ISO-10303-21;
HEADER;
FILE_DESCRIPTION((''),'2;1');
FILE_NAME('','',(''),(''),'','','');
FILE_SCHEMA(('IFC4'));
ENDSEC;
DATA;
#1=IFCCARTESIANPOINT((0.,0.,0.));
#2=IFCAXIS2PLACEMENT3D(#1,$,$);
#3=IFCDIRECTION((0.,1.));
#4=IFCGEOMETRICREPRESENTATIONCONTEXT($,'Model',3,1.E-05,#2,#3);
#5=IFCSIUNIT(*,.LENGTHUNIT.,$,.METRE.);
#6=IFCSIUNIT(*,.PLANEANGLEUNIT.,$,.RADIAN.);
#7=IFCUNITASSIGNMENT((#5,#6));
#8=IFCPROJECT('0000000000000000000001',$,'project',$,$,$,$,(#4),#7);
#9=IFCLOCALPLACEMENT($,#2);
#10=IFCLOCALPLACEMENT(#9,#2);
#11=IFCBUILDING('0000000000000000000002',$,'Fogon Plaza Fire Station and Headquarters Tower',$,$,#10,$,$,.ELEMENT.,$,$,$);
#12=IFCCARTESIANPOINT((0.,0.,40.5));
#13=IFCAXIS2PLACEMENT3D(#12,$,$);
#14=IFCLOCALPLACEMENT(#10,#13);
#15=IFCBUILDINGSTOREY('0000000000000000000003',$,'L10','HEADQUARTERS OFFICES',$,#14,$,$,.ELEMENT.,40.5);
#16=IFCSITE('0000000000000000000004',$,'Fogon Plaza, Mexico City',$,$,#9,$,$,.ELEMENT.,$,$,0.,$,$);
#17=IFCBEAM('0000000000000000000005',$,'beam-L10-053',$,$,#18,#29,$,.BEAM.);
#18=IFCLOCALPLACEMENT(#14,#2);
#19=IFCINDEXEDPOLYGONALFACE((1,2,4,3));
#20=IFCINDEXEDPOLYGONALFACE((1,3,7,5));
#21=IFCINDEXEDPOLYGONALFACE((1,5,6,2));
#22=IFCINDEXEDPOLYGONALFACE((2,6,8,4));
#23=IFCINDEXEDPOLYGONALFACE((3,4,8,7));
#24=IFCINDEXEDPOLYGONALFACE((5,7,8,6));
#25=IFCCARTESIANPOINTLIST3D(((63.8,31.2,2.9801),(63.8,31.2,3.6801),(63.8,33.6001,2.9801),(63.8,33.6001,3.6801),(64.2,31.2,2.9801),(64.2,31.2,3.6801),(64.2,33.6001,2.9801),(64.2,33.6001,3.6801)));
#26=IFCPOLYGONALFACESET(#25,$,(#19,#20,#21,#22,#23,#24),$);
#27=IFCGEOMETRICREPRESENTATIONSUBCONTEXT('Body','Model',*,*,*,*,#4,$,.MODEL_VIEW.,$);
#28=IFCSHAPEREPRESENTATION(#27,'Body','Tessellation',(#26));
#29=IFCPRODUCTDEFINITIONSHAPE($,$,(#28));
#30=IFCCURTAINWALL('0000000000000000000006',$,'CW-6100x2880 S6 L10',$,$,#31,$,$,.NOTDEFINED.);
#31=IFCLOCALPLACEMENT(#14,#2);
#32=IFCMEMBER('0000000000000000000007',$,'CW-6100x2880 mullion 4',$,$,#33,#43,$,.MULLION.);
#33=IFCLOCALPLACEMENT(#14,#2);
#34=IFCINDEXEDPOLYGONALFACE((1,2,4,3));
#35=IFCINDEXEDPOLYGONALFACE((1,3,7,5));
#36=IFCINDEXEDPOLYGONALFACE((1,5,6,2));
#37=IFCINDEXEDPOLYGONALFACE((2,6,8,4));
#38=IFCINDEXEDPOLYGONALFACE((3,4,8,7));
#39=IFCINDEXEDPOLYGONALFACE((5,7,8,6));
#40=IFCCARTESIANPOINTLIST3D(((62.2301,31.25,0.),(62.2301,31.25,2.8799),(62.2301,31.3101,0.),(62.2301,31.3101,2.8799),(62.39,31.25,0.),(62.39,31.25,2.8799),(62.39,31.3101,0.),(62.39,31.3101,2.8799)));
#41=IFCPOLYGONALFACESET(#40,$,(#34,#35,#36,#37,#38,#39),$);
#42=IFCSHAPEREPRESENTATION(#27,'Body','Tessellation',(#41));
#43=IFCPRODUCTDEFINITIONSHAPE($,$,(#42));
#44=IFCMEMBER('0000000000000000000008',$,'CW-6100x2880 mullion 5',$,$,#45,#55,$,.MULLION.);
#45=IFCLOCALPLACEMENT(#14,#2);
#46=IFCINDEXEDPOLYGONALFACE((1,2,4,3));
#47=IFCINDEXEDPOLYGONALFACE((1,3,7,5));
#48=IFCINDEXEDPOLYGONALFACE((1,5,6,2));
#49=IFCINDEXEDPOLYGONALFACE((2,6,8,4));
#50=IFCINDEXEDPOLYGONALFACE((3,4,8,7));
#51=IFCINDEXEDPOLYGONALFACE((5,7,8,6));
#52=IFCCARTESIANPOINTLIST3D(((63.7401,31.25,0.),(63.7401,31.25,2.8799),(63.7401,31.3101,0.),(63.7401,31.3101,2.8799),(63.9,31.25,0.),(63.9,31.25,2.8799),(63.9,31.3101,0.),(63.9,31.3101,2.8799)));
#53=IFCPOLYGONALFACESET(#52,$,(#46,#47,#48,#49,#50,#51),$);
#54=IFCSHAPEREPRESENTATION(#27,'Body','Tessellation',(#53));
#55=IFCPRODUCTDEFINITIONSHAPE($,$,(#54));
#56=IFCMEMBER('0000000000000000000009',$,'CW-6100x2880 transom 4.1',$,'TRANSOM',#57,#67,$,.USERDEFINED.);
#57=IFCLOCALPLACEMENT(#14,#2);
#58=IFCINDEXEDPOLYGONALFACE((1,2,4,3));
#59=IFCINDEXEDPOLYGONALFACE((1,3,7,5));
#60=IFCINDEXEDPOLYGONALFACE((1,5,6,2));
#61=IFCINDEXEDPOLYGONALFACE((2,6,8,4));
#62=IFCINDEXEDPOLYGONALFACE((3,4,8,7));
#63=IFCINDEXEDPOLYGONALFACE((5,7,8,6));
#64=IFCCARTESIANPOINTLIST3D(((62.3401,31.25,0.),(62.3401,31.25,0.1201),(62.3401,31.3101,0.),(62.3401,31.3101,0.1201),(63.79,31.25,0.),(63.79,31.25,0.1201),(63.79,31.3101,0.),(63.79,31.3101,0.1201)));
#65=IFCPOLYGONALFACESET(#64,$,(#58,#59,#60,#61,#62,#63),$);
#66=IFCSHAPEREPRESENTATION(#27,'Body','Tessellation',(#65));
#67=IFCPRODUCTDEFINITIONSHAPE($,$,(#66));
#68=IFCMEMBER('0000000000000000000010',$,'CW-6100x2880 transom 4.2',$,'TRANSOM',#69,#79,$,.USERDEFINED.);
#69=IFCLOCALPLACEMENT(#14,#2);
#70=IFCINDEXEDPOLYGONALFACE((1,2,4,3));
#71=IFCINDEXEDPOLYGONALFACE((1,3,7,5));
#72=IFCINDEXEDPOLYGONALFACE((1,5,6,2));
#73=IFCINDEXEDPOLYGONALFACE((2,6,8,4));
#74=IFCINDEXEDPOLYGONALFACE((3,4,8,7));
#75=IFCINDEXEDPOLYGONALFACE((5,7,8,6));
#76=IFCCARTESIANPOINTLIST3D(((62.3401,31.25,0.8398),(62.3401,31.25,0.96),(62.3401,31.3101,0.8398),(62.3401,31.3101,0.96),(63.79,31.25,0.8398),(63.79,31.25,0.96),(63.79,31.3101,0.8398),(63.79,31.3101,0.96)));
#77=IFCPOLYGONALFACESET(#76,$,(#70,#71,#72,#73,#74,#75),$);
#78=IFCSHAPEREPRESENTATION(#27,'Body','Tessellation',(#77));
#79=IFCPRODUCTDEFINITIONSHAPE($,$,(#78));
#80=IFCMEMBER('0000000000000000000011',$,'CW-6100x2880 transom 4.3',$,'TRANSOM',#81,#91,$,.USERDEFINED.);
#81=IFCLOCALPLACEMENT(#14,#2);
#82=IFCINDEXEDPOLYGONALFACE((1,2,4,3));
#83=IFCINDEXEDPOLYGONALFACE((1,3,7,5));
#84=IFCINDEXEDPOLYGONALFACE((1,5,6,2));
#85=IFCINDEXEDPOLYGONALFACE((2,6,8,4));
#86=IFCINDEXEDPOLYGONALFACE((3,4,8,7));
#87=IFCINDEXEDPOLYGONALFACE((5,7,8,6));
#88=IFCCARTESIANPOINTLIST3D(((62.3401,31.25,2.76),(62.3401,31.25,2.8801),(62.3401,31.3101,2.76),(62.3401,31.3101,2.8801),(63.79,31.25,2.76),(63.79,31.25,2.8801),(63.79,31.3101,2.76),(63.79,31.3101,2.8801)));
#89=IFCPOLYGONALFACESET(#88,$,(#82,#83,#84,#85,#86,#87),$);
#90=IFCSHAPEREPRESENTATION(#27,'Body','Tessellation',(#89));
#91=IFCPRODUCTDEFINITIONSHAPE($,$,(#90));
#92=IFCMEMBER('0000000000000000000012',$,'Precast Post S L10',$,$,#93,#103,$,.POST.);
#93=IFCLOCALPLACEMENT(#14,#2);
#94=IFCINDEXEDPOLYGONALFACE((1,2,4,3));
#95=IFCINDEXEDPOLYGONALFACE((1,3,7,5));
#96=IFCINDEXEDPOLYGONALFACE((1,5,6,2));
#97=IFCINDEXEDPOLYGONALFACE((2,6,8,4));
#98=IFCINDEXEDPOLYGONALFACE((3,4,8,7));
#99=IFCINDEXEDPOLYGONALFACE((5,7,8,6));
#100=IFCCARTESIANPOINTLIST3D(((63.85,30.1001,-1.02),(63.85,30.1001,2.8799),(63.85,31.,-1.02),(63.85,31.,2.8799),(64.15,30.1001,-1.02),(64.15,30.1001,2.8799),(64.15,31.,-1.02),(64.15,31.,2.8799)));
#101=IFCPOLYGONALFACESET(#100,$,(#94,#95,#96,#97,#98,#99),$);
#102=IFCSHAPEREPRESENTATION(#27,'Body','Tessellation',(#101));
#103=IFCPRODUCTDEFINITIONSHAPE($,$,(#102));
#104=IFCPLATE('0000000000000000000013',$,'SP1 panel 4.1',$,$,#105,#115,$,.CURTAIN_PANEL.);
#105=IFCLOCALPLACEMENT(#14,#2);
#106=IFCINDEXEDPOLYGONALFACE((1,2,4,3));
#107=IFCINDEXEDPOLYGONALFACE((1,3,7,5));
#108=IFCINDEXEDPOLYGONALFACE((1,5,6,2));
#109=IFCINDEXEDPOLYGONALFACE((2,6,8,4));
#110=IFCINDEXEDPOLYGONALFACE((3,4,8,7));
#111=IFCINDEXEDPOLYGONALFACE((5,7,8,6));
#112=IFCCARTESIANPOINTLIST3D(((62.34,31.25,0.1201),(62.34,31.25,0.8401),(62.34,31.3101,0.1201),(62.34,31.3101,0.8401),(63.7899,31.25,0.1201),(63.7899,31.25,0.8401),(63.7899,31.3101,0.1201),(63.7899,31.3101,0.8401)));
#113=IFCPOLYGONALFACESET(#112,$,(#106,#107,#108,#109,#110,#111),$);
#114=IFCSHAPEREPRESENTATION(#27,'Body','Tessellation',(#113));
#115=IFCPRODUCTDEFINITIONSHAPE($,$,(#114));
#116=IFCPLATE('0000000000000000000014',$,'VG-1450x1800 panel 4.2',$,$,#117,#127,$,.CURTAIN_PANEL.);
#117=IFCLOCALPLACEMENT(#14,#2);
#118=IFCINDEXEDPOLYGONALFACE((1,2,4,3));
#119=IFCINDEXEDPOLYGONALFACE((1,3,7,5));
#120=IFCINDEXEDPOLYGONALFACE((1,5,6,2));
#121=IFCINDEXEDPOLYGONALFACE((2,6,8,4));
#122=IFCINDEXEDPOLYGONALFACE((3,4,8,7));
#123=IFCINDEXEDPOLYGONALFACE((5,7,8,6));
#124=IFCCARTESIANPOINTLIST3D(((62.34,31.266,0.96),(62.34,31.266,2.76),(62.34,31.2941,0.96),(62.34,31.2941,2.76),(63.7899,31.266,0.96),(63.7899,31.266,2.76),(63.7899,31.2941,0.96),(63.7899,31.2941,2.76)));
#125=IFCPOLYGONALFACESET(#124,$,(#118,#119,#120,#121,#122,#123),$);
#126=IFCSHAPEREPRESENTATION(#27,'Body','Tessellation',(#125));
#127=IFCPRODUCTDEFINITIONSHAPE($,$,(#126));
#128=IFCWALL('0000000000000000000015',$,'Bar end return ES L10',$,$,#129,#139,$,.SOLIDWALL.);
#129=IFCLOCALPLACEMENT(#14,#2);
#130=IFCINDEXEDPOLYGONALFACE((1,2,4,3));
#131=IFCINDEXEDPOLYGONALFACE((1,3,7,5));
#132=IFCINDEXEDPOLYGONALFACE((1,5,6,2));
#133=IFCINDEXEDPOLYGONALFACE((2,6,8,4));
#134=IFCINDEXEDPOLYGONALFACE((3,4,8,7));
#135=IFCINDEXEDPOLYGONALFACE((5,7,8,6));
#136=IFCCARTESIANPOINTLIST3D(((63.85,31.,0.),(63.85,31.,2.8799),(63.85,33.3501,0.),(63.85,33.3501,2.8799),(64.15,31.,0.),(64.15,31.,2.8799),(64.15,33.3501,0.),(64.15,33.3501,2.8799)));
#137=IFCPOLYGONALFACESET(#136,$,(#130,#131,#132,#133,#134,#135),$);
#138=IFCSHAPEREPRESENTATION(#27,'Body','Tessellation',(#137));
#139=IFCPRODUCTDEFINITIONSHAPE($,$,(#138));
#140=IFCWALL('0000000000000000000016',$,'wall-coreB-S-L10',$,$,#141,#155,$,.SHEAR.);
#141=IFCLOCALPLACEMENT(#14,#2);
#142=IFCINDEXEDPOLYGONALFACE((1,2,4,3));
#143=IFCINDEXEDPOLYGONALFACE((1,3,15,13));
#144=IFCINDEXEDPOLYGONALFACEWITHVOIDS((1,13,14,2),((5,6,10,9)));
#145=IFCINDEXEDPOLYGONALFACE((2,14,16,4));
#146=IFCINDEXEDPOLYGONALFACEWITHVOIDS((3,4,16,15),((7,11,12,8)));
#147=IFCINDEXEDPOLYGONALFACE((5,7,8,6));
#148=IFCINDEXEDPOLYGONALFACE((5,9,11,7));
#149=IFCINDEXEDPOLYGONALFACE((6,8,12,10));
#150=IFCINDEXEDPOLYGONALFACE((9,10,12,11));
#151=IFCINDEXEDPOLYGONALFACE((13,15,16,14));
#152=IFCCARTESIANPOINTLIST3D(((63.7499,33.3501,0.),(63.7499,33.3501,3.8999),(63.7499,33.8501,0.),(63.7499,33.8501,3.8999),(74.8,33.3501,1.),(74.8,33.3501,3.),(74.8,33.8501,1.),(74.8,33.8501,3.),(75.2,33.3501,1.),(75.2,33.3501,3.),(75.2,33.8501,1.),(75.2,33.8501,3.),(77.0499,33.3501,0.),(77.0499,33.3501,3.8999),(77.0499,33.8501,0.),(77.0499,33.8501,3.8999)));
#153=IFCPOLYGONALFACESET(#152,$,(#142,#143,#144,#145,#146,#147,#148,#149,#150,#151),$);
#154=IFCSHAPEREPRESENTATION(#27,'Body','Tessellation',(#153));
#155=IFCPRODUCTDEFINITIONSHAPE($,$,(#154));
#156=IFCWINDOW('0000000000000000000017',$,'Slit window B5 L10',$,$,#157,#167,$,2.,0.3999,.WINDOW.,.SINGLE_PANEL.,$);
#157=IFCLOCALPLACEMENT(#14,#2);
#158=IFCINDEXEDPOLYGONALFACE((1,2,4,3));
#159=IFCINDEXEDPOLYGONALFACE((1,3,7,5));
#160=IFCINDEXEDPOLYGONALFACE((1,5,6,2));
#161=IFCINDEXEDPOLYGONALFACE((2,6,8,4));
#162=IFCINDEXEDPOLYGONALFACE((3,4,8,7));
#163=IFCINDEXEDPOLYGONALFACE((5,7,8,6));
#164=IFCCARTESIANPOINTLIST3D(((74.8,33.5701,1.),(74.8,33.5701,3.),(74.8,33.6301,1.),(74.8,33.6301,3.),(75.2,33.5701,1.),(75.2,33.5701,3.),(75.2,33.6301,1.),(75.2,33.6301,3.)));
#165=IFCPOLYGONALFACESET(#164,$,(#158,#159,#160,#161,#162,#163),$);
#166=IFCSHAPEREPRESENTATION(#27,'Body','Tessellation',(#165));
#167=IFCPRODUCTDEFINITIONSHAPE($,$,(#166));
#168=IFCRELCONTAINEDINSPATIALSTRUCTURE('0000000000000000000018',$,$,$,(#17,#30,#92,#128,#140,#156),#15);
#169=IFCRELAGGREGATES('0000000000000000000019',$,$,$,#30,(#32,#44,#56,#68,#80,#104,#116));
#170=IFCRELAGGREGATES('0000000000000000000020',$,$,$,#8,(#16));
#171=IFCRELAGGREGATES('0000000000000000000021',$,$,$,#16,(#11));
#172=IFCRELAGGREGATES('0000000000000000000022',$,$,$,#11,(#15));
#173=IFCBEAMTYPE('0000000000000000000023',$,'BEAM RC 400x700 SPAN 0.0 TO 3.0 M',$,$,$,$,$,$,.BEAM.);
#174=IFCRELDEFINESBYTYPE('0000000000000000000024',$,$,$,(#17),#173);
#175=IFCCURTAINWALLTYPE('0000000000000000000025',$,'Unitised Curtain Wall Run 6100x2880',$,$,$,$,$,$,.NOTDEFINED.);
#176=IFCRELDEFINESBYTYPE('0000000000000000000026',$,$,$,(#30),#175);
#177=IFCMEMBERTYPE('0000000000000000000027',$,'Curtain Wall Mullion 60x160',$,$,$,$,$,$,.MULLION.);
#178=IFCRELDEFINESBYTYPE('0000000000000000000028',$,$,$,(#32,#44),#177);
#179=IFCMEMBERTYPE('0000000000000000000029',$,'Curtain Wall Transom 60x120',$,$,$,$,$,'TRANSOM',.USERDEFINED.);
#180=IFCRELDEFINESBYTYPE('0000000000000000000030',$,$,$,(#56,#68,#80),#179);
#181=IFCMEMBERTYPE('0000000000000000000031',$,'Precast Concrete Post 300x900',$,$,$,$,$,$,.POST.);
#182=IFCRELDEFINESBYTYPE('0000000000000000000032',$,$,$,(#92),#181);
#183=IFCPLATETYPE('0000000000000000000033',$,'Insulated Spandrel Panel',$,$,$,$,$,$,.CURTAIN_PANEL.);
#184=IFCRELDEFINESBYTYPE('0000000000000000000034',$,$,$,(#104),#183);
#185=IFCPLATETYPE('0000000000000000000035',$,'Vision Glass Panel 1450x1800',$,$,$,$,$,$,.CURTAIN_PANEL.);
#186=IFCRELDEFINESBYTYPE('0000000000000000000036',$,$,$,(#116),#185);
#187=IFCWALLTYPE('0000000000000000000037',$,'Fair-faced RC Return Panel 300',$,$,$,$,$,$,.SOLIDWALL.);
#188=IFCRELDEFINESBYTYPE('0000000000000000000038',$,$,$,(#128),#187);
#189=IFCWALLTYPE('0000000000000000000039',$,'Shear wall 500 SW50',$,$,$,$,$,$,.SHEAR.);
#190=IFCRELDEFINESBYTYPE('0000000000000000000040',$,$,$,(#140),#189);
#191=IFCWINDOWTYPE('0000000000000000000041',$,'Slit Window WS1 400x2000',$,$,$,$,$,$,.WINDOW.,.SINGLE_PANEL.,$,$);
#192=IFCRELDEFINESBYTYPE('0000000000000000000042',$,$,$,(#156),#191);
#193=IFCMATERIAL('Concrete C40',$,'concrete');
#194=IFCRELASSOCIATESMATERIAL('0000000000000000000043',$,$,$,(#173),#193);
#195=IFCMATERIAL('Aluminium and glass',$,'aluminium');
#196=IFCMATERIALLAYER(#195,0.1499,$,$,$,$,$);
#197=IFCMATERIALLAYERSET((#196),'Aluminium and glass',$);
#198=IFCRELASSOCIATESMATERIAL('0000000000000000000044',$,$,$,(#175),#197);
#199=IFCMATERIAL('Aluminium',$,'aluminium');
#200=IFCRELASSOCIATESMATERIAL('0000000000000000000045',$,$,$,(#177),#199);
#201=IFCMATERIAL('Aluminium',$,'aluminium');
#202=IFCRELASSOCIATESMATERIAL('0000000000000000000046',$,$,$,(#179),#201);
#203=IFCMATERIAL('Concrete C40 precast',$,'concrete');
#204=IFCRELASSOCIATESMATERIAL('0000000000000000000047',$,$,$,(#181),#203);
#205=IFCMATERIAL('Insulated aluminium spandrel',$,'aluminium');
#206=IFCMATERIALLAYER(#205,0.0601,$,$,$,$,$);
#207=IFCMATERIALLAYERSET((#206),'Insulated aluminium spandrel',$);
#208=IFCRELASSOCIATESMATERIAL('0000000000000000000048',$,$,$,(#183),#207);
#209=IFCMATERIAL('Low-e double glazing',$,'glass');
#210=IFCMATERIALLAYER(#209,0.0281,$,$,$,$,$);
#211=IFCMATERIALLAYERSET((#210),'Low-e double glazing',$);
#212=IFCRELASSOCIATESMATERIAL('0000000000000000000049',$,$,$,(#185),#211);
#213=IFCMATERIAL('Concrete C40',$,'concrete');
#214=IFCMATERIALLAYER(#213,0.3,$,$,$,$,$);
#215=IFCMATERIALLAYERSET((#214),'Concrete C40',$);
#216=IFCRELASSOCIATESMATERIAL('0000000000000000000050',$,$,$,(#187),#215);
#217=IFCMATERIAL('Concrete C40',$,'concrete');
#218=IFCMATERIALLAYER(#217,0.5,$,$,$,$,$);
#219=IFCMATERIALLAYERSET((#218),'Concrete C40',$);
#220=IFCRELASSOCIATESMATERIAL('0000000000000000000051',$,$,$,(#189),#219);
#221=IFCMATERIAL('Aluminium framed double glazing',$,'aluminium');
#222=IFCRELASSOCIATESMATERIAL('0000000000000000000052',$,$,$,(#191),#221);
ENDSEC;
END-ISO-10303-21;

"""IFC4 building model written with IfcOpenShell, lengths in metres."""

from ifc_helpers import new_model, si_unit, direction, frame, frame_2d, origin, origin_2d, place, context, subcontext, project, spatial, rectangle, extrude, material, layer, layer_set, material_profile, profile_set, type_object, element, fill, aggregate, save


model = new_model("IFC4")

# Units and contexts
model_context = context("Model", 3, precision=1e-05, world=origin(), true_north=direction((0.0, 1.0)))
body_context = subcontext(model_context, "Body", "Model", "MODEL_VIEW")
ifc_project = project(units=[si_unit("LENGTHUNIT", "METRE"), si_unit("PLANEANGLEUNIT", "RADIAN")], contexts=[model_context])

# Site, building, storey
site_placement = place(None, origin())
site = spatial("IfcSite", under=ifc_project, at=site_placement, Name="Fogon Plaza, Mexico City", CompositionType="ELEMENT", RefElevation=0.0)
building_placement = place(site_placement, origin())
building = spatial("IfcBuilding", under=site, at=building_placement, Name="Fogon Plaza Fire Station and Headquarters Tower", CompositionType="ELEMENT")
storey_placement = place(building_placement, frame((0.0, 0.0, 40.5)))
storey = spatial("IfcBuildingStorey", under=building, at=storey_placement, Name="L10", Description="HEADQUARTERS OFFICES", CompositionType="ELEMENT", Elevation=40.5)

# Beam
ifc_material_1 = material(Name="Concrete C40", Category="concrete")
ifc_material_profile_1 = material_profile(ifc_material_1, rectangle(XDim=0.3999, YDim=0.7, at=origin_2d()), Name="RC 400x700")
ifc_profile_set_1 = profile_set([ifc_material_profile_1], Name="Concrete C40")
beam_type = type_object("IfcBeamType", Name="BEAM RC 400x700 SPAN 0.0 TO 3.0 M", PredefinedType="BEAM", material=ifc_profile_set_1)
beam_placement = place(storey_placement, frame((64.0, 31.2, 3.3301), z_axis=(0.0, 1.0, 0.0), x_axis=(-1.0, 0.0, 0.0)))
element("IfcBeam", 1, at=beam_placement, inside=storey, type_object=beam_type, Name="beam-L10-053", PredefinedType="BEAM", context=body_context, shape_type="SweptSolid", body=[
    extrude(rectangle(XDim=0.3999, YDim=0.7, at=origin_2d()), origin(), (0.0, 0.0, 1.0), 2.4001),
])

# Curtain wall, members
ifc_material_2 = material(Name="Aluminium and glass", Category="aluminium")
ifc_layer_1 = layer(ifc_material_2, 0.1499)
ifc_layer_set_1 = layer_set([ifc_layer_1], Name="Aluminium and glass")
curtain_wall_type = type_object("IfcCurtainWallType", Name="Unitised Curtain Wall Run 6100x2880", PredefinedType="NOTDEFINED", material=ifc_layer_set_1)
curtain_wall_placement = place(storey_placement, origin())
curtain_wall = element("IfcCurtainWall", 2, at=curtain_wall_placement, inside=storey, type_object=curtain_wall_type, Name="CW-6100x2880 S6 L10", PredefinedType="NOTDEFINED")
ifc_material_3 = material(Name="Aluminium", Category="aluminium")
ifc_material_profile_2 = material_profile(ifc_material_3, rectangle(XDim=0.0601, YDim=0.1599, at=origin_2d()), Name="Curtain Wall Mullion 60x160")
ifc_profile_set_2 = profile_set([ifc_material_profile_2], Name="Aluminium")
member_type_1 = type_object("IfcMemberType", Name="Curtain Wall Mullion 60x160", PredefinedType="MULLION", material=ifc_profile_set_2)
member_1_placement = place(storey_placement, frame((62.3101, 31.28, 0.0), z_axis=(0.0, 0.0, 1.0), x_axis=(0.0, 1.0, 0.0)))
member_1 = element("IfcMember", 3, at=member_1_placement, type_object=member_type_1, Name="CW-6100x2880 mullion 4", PredefinedType="MULLION", context=body_context, shape_type="SweptSolid", body=[
    extrude(rectangle(XDim=0.0601, YDim=0.1599, at=origin_2d()), origin(), (0.0, 0.0, 1.0), 2.8799),
])
member_2_placement = place(storey_placement, frame((63.8201, 31.28, 0.0), z_axis=(0.0, 0.0, 1.0), x_axis=(0.0, 1.0, 0.0)))
member_2 = element("IfcMember", 4, at=member_2_placement, type_object=member_type_1, Name="CW-6100x2880 mullion 5", PredefinedType="MULLION", context=body_context, shape_type="SweptSolid", body=[
    extrude(rectangle(XDim=0.0601, YDim=0.1599, at=origin_2d()), origin(), (0.0, 0.0, 1.0), 2.8799),
])
ifc_material_4 = material(Name="Aluminium", Category="aluminium")
ifc_material_profile_3 = material_profile(ifc_material_4, rectangle(XDim=0.0601, YDim=0.1201, at=origin_2d()), Name="Curtain Wall Transom 60x120")
ifc_profile_set_3 = profile_set([ifc_material_profile_3], Name="Aluminium")
member_type_2 = type_object("IfcMemberType", Name="Curtain Wall Transom 60x120", ElementType="TRANSOM", PredefinedType="USERDEFINED", material=ifc_profile_set_3)
member_3_placement = place(storey_placement, frame((62.3401, 31.28, 0.0601), z_axis=(1.0, 0.0, 0.0), x_axis=(0.0, 1.0, 0.0)))
member_3 = element("IfcMember", 5, at=member_3_placement, type_object=member_type_2, Name="CW-6100x2880 transom 4.1", ObjectType="TRANSOM", PredefinedType="USERDEFINED", context=body_context, shape_type="SweptSolid", body=[
    extrude(rectangle(XDim=0.0601, YDim=0.1201, at=origin_2d()), origin(), (0.0, 0.0, 1.0), 1.45),
])
member_4_placement = place(storey_placement, frame((62.3401, 31.28, 0.8999), z_axis=(1.0, 0.0, 0.0), x_axis=(0.0, 1.0, 0.0)))
member_4 = element("IfcMember", 6, at=member_4_placement, type_object=member_type_2, Name="CW-6100x2880 transom 4.2", ObjectType="TRANSOM", PredefinedType="USERDEFINED", context=body_context, shape_type="SweptSolid", body=[
    extrude(rectangle(XDim=0.0601, YDim=0.1201, at=origin_2d()), origin(), (0.0, 0.0, 1.0), 1.45),
])
member_5_placement = place(storey_placement, frame((62.3401, 31.28, 2.8201), z_axis=(1.0, 0.0, 0.0), x_axis=(0.0, 1.0, 0.0)))
member_5 = element("IfcMember", 7, at=member_5_placement, type_object=member_type_2, Name="CW-6100x2880 transom 4.3", ObjectType="TRANSOM", PredefinedType="USERDEFINED", context=body_context, shape_type="SweptSolid", body=[
    extrude(rectangle(XDim=0.0601, YDim=0.1201, at=origin_2d()), origin(), (0.0, 0.0, 1.0), 1.45),
])

# Member
ifc_material_5 = material(Name="Concrete C40 precast", Category="concrete")
ifc_material_profile_4 = material_profile(ifc_material_5, rectangle(XDim=0.3, YDim=0.8999, at=origin_2d()), Name="Precast Concrete Post 300x900")
ifc_profile_set_4 = profile_set([ifc_material_profile_4], Name="Concrete C40 precast")
member_type_3 = type_object("IfcMemberType", Name="Precast Concrete Post 300x900", PredefinedType="POST", material=ifc_profile_set_4)
member_6_placement = place(storey_placement, frame((64.0, 30.55, -1.02), z_axis=(0.0, 0.0, 1.0), x_axis=(1.0, 0.0, 0.0)))
element("IfcMember", 8, at=member_6_placement, inside=storey, type_object=member_type_3, Name="Precast Post S L10", PredefinedType="POST", context=body_context, shape_type="SweptSolid", body=[
    extrude(rectangle(XDim=0.3, YDim=0.8999, at=origin_2d()), origin(), (0.0, 0.0, 1.0), 3.8999),
])

# Plates
ifc_material_6 = material(Name="Insulated aluminium spandrel", Category="aluminium")
ifc_layer_2 = layer(ifc_material_6, 0.0601)
ifc_layer_set_2 = layer_set([ifc_layer_2], Name="Insulated aluminium spandrel")
plate_type_1 = type_object("IfcPlateType", Name="Insulated Spandrel Panel", PredefinedType="CURTAIN_PANEL", material=ifc_layer_set_2)
plate_1_placement = place(storey_placement, frame((63.0649, 31.28, 0.1201), z_axis=(0.0, 0.0, 1.0), x_axis=(1.0, 0.0, 0.0)))
plate_1 = element("IfcPlate", 9, at=plate_1_placement, type_object=plate_type_1, Name="SP1 panel 4.1", PredefinedType="CURTAIN_PANEL", context=body_context, shape_type="SweptSolid", body=[
    extrude(rectangle(XDim=1.45, YDim=0.0601, at=origin_2d()), origin(), (0.0, 0.0, 1.0), 0.72),
])
ifc_material_7 = material(Name="Low-e double glazing", Category="glass")
ifc_layer_3 = layer(ifc_material_7, 0.0281)
ifc_layer_set_3 = layer_set([ifc_layer_3], Name="Low-e double glazing")
plate_type_2 = type_object("IfcPlateType", Name="Vision Glass Panel 1450x1800", PredefinedType="CURTAIN_PANEL", material=ifc_layer_set_3)
plate_2_placement = place(storey_placement, frame((63.0649, 31.28, 0.96), z_axis=(0.0, 0.0, 1.0), x_axis=(1.0, 0.0, 0.0)))
plate_2 = element("IfcPlate", 10, at=plate_2_placement, type_object=plate_type_2, Name="VG-1450x1800 panel 4.2", PredefinedType="CURTAIN_PANEL", context=body_context, shape_type="SweptSolid", body=[
    extrude(rectangle(XDim=1.45, YDim=0.0281, at=origin_2d()), origin(), (0.0, 0.0, 1.0), 1.8),
])
aggregate(curtain_wall, [member_1, member_2, member_3, member_4, member_5, plate_1, plate_2])

# Wall
ifc_material_8 = material(Name="Concrete C40", Category="concrete")
ifc_layer_4 = layer(ifc_material_8, 0.3)
ifc_layer_set_4 = layer_set([ifc_layer_4], Name="Concrete C40")
wall_type_1 = type_object("IfcWallType", Name="Fair-faced RC Return Panel 300", PredefinedType="SOLIDWALL", material=ifc_layer_set_4)
wall_1_placement = place(storey_placement, frame((64.0, 31.0, 0.0), z_axis=(0.0, 0.0, 1.0), x_axis=(0.0, 1.0, 0.0)))
element("IfcWall", 11, at=wall_1_placement, inside=storey, type_object=wall_type_1, Name="Bar end return ES L10", PredefinedType="SOLIDWALL", context=body_context, shape_type="SweptSolid", body=[
    extrude(rectangle(XDim=2.3501, YDim=0.3, at=frame_2d((1.175, 0.0))), origin(), (0.0, 0.0, 1.0), 2.8799),
])

# Wall, opening, window
ifc_material_9 = material(Name="Concrete C40", Category="concrete")
ifc_layer_5 = layer(ifc_material_9, 0.5)
ifc_layer_set_5 = layer_set([ifc_layer_5], Name="Concrete C40")
wall_type_2 = type_object("IfcWallType", Name="Shear wall 500 SW50", PredefinedType="SHEAR", material=ifc_layer_set_5)
wall_2_placement = place(storey_placement, frame((63.75, 33.6001, 0.0), z_axis=(0.0, 0.0, 1.0), x_axis=(1.0, 0.0, 0.0)))
wall_2 = element("IfcWall", 12, at=wall_2_placement, inside=storey, type_object=wall_type_2, Name="wall-coreB-S-L10", PredefinedType="SHEAR", context=body_context, shape_type="SweptSolid", body=[
    extrude(rectangle(XDim=13.3, YDim=0.5, at=frame_2d((6.6499, 0.0))), origin(), (0.0, 0.0, 1.0), 3.8999),
])
opening_1_placement = place(wall_2_placement, frame((11.05, 0.0, 1.0)))
opening_1 = element("IfcOpeningElement", 13, at=opening_1_placement, cuts=wall_2, PredefinedType="OPENING", context=body_context, shape_type="SweptSolid", body=[
    extrude(rectangle(XDim=0.3999, YDim=2.0, at=frame_2d((0.2, 1.0))), frame((0.0, 0.26, 0.0), z_axis=(0.0, -1.0, 0.0), x_axis=(1.0, 0.0, 0.0)), (0.0, 0.0, 1.0), 0.52),
])
ifc_material_10 = material(Name="Aluminium framed double glazing", Category="aluminium")
window_type = type_object("IfcWindowType", Name="Slit Window WS1 400x2000", PartitioningType="SINGLE_PANEL", PredefinedType="WINDOW", material=ifc_material_10)
window_placement = place(opening_1_placement, origin())
window = element("IfcWindow", 14, at=window_placement, inside=storey, type_object=window_type, Name="Slit window B5 L10", OverallHeight=2.0, OverallWidth=0.3999, PartitioningType="SINGLE_PANEL", PredefinedType="WINDOW", context=body_context, shape_type="SweptSolid", body=[
    extrude(rectangle(XDim=0.3999, YDim=2.0, at=frame_2d((0.2, 1.0))), frame((0.0, 0.03, 0.0), z_axis=(0.0, -1.0, 0.0), x_axis=(1.0, 0.0, 0.0)), (0.0, 0.0, 1.0), 0.0601),
])
fill(opening_1, window)

save(model, "model.ifc")
